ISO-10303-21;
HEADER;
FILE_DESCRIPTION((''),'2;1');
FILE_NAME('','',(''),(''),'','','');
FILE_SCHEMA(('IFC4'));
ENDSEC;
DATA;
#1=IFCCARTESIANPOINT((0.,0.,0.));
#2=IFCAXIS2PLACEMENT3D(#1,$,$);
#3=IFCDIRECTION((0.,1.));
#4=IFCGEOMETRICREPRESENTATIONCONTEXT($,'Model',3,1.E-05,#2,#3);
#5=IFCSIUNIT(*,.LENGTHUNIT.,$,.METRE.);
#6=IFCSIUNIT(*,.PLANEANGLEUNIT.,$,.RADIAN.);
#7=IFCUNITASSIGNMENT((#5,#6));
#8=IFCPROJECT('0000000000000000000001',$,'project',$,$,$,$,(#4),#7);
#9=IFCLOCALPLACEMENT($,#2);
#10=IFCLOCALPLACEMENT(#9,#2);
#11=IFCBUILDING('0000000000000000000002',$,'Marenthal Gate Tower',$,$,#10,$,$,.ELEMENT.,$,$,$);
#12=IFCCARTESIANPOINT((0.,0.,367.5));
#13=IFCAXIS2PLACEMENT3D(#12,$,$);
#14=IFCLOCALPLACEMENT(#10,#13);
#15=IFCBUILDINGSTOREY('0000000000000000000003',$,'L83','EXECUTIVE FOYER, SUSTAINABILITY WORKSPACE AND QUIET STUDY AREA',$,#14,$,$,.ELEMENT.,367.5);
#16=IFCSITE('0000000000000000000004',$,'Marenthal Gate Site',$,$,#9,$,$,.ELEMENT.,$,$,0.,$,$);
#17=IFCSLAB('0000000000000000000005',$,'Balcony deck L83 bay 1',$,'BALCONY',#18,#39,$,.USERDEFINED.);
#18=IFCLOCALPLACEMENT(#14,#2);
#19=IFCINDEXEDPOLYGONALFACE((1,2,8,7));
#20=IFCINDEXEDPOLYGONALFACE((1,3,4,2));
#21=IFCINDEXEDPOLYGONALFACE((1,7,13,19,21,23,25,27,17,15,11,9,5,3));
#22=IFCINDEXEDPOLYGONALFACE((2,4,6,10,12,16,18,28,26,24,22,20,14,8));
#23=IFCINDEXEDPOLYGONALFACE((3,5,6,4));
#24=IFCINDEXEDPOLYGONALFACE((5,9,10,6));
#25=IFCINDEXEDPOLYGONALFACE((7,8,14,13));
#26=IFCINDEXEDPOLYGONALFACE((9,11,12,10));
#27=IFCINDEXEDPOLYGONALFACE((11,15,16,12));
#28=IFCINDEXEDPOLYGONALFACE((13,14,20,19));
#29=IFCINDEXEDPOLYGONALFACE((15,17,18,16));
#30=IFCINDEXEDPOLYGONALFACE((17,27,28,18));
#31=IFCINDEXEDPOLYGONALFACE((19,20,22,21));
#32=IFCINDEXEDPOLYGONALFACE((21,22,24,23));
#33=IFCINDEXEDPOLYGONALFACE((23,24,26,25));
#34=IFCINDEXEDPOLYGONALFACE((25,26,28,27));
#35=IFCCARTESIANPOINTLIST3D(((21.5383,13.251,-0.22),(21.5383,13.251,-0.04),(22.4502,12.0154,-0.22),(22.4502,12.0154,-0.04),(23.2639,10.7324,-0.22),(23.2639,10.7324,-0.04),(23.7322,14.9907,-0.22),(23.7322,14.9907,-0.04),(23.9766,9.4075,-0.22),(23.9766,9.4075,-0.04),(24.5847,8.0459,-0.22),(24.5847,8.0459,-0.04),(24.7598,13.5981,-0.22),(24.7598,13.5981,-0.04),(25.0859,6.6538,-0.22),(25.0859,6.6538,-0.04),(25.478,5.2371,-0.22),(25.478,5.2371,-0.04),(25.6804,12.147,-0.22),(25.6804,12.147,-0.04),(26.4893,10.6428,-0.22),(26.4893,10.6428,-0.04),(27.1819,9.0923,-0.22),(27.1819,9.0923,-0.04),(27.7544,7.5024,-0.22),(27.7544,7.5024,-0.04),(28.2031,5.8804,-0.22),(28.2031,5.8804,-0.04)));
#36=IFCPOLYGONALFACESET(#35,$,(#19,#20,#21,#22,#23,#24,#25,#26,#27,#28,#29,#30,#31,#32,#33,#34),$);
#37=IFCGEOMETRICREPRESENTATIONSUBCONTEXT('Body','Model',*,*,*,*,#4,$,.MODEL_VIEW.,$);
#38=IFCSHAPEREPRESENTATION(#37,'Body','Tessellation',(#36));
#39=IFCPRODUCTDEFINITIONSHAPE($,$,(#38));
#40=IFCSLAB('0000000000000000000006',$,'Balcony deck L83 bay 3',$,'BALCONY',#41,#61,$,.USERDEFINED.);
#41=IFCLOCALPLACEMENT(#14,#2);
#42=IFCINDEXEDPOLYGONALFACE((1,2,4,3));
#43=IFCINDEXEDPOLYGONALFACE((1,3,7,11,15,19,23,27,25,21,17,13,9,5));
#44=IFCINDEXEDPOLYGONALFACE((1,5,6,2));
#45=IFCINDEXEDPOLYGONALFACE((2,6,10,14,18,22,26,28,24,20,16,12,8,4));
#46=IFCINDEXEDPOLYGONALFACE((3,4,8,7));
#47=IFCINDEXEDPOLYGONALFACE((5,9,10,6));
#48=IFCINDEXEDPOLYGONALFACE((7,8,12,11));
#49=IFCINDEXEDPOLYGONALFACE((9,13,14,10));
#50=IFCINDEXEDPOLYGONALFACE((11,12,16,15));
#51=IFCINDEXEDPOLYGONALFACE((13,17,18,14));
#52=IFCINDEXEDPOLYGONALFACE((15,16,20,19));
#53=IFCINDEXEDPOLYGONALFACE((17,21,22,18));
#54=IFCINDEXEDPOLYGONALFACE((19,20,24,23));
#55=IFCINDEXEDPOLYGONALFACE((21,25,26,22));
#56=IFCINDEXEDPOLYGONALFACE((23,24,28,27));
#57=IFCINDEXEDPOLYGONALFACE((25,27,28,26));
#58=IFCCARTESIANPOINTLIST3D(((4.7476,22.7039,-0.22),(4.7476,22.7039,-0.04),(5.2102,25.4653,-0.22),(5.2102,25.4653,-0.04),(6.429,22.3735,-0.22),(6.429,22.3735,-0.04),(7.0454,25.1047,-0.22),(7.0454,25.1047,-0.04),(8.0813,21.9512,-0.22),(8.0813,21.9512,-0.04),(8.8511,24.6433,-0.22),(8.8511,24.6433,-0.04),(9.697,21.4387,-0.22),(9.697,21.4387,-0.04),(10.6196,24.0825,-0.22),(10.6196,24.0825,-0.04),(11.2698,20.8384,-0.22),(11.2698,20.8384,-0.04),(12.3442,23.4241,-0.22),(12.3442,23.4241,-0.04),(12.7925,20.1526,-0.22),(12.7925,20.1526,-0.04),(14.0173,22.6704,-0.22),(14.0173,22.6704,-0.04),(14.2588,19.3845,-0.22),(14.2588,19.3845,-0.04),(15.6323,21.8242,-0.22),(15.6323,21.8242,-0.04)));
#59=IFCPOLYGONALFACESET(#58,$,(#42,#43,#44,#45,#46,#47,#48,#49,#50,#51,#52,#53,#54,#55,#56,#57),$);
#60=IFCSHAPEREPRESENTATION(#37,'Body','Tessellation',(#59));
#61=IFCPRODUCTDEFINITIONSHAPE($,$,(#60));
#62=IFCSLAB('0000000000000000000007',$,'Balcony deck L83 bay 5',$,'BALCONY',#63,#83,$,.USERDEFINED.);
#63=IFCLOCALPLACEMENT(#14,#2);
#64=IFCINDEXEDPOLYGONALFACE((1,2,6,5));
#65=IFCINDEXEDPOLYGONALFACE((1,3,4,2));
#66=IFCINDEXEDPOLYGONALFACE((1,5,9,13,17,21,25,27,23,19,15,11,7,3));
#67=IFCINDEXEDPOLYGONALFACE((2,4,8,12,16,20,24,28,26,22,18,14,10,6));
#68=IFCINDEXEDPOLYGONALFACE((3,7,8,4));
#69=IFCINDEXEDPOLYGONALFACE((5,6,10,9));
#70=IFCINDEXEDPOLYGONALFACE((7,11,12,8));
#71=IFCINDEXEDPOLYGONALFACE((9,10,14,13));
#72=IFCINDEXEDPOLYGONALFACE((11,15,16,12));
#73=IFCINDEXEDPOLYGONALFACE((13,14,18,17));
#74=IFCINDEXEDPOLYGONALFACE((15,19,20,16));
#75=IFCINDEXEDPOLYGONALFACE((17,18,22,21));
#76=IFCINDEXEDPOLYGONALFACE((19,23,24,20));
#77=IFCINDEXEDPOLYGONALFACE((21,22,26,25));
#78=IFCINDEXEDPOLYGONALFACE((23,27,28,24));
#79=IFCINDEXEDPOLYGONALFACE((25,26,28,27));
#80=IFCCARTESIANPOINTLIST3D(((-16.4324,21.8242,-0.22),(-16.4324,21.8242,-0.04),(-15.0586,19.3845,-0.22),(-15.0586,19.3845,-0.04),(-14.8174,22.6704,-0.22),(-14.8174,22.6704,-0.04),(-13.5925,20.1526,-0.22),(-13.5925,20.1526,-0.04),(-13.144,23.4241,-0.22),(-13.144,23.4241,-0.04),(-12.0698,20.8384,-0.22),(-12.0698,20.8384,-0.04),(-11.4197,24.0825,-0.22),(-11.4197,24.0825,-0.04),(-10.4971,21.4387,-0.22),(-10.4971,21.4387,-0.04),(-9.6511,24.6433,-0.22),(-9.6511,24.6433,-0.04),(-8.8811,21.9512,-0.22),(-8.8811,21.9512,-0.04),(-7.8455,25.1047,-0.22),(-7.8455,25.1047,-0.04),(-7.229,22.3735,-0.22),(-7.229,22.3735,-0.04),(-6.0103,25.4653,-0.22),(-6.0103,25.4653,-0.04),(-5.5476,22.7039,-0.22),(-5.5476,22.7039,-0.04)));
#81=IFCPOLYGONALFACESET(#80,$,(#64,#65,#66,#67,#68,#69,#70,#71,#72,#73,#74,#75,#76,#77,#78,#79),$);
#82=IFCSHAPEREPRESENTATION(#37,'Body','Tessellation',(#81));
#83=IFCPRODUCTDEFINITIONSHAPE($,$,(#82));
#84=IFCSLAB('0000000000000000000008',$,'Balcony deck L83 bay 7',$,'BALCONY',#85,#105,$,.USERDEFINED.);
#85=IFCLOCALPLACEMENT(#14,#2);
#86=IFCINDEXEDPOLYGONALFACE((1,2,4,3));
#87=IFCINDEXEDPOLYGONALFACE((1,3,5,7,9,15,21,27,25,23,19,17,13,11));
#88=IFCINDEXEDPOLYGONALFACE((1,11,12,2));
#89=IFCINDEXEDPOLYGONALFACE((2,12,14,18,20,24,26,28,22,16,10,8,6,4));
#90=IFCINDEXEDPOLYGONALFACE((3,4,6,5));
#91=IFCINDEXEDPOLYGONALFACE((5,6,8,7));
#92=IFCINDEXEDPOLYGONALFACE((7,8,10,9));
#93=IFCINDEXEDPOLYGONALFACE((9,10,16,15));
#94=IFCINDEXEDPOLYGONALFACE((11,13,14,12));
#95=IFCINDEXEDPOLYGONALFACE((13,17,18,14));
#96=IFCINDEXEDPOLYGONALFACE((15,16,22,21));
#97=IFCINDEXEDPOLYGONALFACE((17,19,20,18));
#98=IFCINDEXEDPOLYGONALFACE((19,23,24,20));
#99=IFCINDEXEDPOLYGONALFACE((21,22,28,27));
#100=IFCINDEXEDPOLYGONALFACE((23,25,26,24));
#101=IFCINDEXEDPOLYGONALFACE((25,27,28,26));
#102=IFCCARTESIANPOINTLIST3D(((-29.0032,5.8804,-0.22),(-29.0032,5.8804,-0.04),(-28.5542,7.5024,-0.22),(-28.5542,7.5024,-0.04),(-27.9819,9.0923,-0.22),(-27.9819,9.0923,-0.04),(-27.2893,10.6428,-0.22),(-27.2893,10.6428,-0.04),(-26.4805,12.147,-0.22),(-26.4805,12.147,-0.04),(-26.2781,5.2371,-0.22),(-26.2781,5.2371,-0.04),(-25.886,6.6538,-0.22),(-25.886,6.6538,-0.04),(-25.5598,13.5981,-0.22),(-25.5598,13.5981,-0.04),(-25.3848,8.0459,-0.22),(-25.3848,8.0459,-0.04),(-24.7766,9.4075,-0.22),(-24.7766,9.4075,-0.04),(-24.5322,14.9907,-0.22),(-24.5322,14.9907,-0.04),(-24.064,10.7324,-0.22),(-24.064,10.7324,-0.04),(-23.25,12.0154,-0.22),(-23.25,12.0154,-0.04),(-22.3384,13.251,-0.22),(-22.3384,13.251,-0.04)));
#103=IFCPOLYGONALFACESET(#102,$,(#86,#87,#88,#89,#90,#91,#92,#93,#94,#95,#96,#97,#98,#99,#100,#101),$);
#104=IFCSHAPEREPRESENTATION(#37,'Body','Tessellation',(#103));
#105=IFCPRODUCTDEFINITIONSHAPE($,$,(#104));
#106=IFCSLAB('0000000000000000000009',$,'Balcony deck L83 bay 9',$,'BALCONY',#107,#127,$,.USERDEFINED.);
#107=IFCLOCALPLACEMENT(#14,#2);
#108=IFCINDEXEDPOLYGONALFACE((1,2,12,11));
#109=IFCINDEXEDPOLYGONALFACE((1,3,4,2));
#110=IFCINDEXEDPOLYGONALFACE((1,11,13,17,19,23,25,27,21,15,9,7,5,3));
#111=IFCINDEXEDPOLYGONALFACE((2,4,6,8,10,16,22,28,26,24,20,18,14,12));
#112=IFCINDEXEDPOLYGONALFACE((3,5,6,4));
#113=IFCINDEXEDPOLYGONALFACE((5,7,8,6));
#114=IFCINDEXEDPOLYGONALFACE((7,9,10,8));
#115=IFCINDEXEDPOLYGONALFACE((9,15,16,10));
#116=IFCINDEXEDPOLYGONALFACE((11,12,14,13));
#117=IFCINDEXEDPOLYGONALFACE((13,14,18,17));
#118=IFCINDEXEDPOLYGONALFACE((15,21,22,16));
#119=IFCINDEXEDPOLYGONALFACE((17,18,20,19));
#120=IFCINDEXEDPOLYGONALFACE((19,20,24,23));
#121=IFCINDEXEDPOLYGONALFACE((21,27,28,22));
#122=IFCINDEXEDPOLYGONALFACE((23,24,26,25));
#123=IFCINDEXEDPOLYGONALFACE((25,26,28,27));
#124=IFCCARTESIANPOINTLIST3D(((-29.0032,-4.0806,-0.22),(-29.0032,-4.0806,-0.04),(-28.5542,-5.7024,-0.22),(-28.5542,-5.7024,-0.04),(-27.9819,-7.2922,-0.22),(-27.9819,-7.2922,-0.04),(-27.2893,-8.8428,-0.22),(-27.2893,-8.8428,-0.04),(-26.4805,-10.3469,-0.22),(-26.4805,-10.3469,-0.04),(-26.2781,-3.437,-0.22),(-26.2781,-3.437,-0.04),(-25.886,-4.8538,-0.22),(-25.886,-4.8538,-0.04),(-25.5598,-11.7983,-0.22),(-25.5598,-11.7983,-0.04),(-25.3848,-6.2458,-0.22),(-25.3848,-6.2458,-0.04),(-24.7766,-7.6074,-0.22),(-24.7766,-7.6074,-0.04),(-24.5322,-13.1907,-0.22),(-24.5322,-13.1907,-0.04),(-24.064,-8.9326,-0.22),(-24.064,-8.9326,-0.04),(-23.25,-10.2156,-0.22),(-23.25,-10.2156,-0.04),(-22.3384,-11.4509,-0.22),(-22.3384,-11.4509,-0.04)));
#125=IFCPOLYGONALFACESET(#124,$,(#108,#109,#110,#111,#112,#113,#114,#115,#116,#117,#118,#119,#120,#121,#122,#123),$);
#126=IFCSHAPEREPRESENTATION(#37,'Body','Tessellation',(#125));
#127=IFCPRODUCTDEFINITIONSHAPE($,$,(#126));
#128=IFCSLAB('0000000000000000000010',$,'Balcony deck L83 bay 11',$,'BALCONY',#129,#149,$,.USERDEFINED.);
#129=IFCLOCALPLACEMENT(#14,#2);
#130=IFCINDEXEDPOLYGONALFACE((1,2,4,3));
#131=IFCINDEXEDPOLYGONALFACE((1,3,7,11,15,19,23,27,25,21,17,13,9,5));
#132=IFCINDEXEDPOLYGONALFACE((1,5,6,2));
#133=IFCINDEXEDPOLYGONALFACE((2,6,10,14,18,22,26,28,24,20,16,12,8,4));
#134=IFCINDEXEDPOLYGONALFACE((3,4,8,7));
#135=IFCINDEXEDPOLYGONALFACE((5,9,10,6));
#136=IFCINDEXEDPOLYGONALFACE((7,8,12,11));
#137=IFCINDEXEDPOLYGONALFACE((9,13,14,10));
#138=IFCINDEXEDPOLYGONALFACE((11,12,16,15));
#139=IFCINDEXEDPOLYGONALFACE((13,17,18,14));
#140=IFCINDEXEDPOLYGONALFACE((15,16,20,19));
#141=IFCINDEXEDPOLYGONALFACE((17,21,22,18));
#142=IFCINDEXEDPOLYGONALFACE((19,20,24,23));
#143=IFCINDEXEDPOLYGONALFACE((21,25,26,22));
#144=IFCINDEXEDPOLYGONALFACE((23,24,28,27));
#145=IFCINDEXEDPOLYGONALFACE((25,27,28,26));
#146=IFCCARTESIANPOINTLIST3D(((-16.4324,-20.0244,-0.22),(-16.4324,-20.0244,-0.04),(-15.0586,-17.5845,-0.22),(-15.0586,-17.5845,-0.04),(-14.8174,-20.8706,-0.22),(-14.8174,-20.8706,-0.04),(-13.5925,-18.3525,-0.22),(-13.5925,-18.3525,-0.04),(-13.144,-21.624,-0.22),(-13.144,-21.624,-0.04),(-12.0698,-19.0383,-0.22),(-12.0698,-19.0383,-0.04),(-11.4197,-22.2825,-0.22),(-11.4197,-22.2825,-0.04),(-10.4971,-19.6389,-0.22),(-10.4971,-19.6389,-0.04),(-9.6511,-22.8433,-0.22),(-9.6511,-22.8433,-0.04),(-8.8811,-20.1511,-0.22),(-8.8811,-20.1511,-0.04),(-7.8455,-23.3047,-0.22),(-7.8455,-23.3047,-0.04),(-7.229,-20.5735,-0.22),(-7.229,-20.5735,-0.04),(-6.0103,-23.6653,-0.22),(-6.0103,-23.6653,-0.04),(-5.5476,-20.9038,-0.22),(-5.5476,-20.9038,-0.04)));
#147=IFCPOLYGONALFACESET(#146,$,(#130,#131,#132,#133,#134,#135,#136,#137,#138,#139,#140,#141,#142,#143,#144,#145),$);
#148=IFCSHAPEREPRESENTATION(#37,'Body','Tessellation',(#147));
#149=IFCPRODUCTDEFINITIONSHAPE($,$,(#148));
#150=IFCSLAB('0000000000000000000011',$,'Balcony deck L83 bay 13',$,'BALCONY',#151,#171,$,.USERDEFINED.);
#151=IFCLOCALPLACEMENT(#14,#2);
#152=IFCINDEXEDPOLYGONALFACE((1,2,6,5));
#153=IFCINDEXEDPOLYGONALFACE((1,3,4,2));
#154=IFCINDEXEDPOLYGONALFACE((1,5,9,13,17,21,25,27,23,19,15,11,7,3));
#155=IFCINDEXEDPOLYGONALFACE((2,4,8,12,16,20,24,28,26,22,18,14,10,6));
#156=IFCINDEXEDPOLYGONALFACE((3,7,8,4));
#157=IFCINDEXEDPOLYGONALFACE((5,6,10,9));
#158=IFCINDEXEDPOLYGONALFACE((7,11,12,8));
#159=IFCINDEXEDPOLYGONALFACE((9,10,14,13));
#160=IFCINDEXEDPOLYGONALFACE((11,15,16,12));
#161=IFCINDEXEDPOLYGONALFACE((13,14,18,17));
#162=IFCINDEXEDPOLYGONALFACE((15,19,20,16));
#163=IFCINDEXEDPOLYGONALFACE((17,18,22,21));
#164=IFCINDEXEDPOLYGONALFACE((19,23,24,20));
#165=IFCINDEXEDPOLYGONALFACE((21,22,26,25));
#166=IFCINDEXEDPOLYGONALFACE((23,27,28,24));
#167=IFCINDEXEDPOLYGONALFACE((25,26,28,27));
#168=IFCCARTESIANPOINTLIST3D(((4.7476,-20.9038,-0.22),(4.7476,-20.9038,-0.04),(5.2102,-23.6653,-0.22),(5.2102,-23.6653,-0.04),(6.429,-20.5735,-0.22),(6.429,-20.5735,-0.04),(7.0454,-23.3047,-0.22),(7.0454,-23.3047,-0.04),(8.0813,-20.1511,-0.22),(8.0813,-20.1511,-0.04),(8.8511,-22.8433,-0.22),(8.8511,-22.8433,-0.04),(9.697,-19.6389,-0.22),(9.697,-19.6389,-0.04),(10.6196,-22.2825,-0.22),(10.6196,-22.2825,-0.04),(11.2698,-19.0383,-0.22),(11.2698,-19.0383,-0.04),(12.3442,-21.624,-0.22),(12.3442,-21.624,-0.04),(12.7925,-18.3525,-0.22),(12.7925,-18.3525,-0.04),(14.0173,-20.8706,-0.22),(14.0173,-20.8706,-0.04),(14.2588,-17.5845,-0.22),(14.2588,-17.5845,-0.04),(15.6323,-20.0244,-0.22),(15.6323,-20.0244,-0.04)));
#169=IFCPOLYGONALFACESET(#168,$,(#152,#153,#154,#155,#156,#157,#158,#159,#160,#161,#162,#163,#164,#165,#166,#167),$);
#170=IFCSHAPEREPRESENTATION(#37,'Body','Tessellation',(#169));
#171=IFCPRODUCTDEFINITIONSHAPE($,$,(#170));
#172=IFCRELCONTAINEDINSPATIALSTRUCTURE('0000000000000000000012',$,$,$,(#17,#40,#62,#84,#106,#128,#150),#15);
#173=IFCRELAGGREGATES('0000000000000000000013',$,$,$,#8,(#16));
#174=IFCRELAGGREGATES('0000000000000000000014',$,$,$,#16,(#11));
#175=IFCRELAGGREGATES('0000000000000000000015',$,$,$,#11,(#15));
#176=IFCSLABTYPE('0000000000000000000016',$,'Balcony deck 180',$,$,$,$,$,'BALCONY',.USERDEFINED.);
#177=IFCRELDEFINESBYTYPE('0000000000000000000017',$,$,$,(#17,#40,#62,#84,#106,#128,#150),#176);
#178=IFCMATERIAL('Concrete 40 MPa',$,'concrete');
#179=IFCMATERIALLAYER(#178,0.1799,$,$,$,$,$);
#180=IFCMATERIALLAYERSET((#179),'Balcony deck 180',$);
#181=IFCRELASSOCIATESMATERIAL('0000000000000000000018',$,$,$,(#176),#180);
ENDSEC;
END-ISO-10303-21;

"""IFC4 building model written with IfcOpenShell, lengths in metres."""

from ifc_helpers import new_model, si_unit, direction, frame, origin, place, context, subcontext, project, spatial, polyline, outline, extrude, material, layer, layer_set, type_object, element, save


model = new_model("IFC4")

# Units and contexts
model_context = context("Model", 3, precision=1e-05, world=origin(), true_north=direction((0.0, 1.0)))
body_context = subcontext(model_context, "Body", "Model", "MODEL_VIEW")
ifc_project = project(units=[si_unit("LENGTHUNIT", "METRE"), si_unit("PLANEANGLEUNIT", "RADIAN")], contexts=[model_context])

# Site, building, storey
site_placement = place(None, origin())
site = spatial("IfcSite", under=ifc_project, at=site_placement, Name="Marenthal Gate Site", CompositionType="ELEMENT", RefElevation=0.0)
building_placement = place(site_placement, origin())
building = spatial("IfcBuilding", under=site, at=building_placement, Name="Marenthal Gate Tower", CompositionType="ELEMENT")
storey_placement = place(building_placement, frame((0.0, 0.0, 367.5)))
storey = spatial("IfcBuildingStorey", under=building, at=storey_placement, Name="L83", Description="EXECUTIVE FOYER, SUSTAINABILITY WORKSPACE AND QUIET STUDY AREA", CompositionType="ELEMENT", Elevation=367.5)

# Slabs
ifc_material_1 = material(Name="Concrete 40 MPa", Category="concrete")
ifc_layer_1 = layer(ifc_material_1, 0.1799)
ifc_layer_set_1 = layer_set([ifc_layer_1], Name="Balcony deck 180")
slab_type_1 = type_object("IfcSlabType", Name="Balcony deck 180", ElementType="BALCONY", PredefinedType="USERDEFINED", material=ifc_layer_set_1)
slab_1_placement = place(storey_placement, frame((0.0, 0.0, -0.22)))
element("IfcSlab", 1, at=slab_1_placement, inside=storey, type_object=slab_type_1, Name="Balcony deck L83 bay 1", ObjectType="BALCONY", PredefinedType="USERDEFINED", context=body_context, shape_type="SweptSolid", body=[
    extrude(outline(polyline([(25.478, 5.2371), (25.0859, 6.6538), (24.5847, 8.0459), (23.9766, 9.4075), (23.2639, 10.7324), (22.4502, 12.0154), (21.5383, 13.251), (23.7322, 14.9907), (24.7598, 13.5981), (25.6804, 12.147), (26.4893, 10.6428), (27.1819, 9.0923), (27.7544, 7.5024), (28.2031, 5.8804), (25.478, 5.2371)])), origin(), (0.0, 0.0, 1.0), 0.1799),
])
slab_2_placement = place(storey_placement, frame((0.0, 0.0, -0.22)))
element("IfcSlab", 2, at=slab_2_placement, inside=storey, type_object=slab_type_1, Name="Balcony deck L83 bay 3", ObjectType="BALCONY", PredefinedType="USERDEFINED", context=body_context, shape_type="SweptSolid", body=[
    extrude(outline(polyline([(14.2588, 19.3845), (12.7925, 20.1526), (11.2698, 20.8384), (9.697, 21.4387), (8.0813, 21.9512), (6.429, 22.3735), (4.7476, 22.7039), (5.2102, 25.4653), (7.0454, 25.1047), (8.8511, 24.6433), (10.6196, 24.0825), (12.3442, 23.4241), (14.0173, 22.6704), (15.6323, 21.8242), (14.2588, 19.3845)])), origin(), (0.0, 0.0, 1.0), 0.1799),
])
slab_3_placement = place(storey_placement, frame((0.0, 0.0, -0.22)))
element("IfcSlab", 3, at=slab_3_placement, inside=storey, type_object=slab_type_1, Name="Balcony deck L83 bay 5", ObjectType="BALCONY", PredefinedType="USERDEFINED", context=body_context, shape_type="SweptSolid", body=[
    extrude(outline(polyline([(-5.5476, 22.7039), (-7.229, 22.3735), (-8.8811, 21.9512), (-10.4971, 21.4387), (-12.0698, 20.8384), (-13.5925, 20.1526), (-15.0586, 19.3845), (-16.4324, 21.8242), (-14.8174, 22.6704), (-13.144, 23.4241), (-11.4197, 24.0825), (-9.6511, 24.6433), (-7.8455, 25.1047), (-6.0103, 25.4653), (-5.5476, 22.7039)])), origin(), (0.0, 0.0, 1.0), 0.1799),
])
slab_4_placement = place(storey_placement, frame((0.0, 0.0, -0.22)))
element("IfcSlab", 4, at=slab_4_placement, inside=storey, type_object=slab_type_1, Name="Balcony deck L83 bay 7", ObjectType="BALCONY", PredefinedType="USERDEFINED", context=body_context, shape_type="SweptSolid", body=[
    extrude(outline(polyline([(-22.3384, 13.251), (-23.25, 12.0154), (-24.064, 10.7324), (-24.7766, 9.4075), (-25.3848, 8.0459), (-25.886, 6.6538), (-26.2781, 5.2371), (-29.0032, 5.8804), (-28.5542, 7.5024), (-27.9819, 9.0923), (-27.2893, 10.6428), (-26.4805, 12.147), (-25.5598, 13.5981), (-24.5322, 14.9907), (-22.3384, 13.251)])), origin(), (0.0, 0.0, 1.0), 0.1799),
])
slab_5_placement = place(storey_placement, frame((0.0, 0.0, -0.22)))
element("IfcSlab", 5, at=slab_5_placement, inside=storey, type_object=slab_type_1, Name="Balcony deck L83 bay 9", ObjectType="BALCONY", PredefinedType="USERDEFINED", context=body_context, shape_type="SweptSolid", body=[
    extrude(outline(polyline([(-26.2781, -3.437), (-25.886, -4.8538), (-25.3848, -6.2458), (-24.7766, -7.6074), (-24.064, -8.9326), (-23.25, -10.2156), (-22.3384, -11.4509), (-24.5322, -13.1907), (-25.5598, -11.7983), (-26.4805, -10.3469), (-27.2893, -8.8428), (-27.9819, -7.2922), (-28.5542, -5.7024), (-29.0032, -4.0806), (-26.2781, -3.437)])), origin(), (0.0, 0.0, 1.0), 0.1799),
])
slab_6_placement = place(storey_placement, frame((0.0, 0.0, -0.22)))
element("IfcSlab", 6, at=slab_6_placement, inside=storey, type_object=slab_type_1, Name="Balcony deck L83 bay 11", ObjectType="BALCONY", PredefinedType="USERDEFINED", context=body_context, shape_type="SweptSolid", body=[
    extrude(outline(polyline([(-15.0586, -17.5845), (-13.5925, -18.3525), (-12.0698, -19.0383), (-10.4971, -19.6389), (-8.8811, -20.1511), (-7.229, -20.5735), (-5.5476, -20.9038), (-6.0103, -23.6653), (-7.8455, -23.3047), (-9.6511, -22.8433), (-11.4197, -22.2825), (-13.144, -21.624), (-14.8174, -20.8706), (-16.4324, -20.0244), (-15.0586, -17.5845)])), origin(), (0.0, 0.0, 1.0), 0.1799),
])
slab_7_placement = place(storey_placement, frame((0.0, 0.0, -0.22)))
element("IfcSlab", 7, at=slab_7_placement, inside=storey, type_object=slab_type_1, Name="Balcony deck L83 bay 13", ObjectType="BALCONY", PredefinedType="USERDEFINED", context=body_context, shape_type="SweptSolid", body=[
    extrude(outline(polyline([(4.7476, -20.9038), (6.429, -20.5735), (8.0813, -20.1511), (9.697, -19.6389), (11.2698, -19.0383), (12.7925, -18.3525), (14.2588, -17.5845), (15.6323, -20.0244), (14.0173, -20.8706), (12.3442, -21.624), (10.6196, -22.2825), (8.8511, -22.8433), (7.0454, -23.3047), (5.2102, -23.6653), (4.7476, -20.9038)])), origin(), (0.0, 0.0, 1.0), 0.1799),
])

save(model, "model.ifc")
